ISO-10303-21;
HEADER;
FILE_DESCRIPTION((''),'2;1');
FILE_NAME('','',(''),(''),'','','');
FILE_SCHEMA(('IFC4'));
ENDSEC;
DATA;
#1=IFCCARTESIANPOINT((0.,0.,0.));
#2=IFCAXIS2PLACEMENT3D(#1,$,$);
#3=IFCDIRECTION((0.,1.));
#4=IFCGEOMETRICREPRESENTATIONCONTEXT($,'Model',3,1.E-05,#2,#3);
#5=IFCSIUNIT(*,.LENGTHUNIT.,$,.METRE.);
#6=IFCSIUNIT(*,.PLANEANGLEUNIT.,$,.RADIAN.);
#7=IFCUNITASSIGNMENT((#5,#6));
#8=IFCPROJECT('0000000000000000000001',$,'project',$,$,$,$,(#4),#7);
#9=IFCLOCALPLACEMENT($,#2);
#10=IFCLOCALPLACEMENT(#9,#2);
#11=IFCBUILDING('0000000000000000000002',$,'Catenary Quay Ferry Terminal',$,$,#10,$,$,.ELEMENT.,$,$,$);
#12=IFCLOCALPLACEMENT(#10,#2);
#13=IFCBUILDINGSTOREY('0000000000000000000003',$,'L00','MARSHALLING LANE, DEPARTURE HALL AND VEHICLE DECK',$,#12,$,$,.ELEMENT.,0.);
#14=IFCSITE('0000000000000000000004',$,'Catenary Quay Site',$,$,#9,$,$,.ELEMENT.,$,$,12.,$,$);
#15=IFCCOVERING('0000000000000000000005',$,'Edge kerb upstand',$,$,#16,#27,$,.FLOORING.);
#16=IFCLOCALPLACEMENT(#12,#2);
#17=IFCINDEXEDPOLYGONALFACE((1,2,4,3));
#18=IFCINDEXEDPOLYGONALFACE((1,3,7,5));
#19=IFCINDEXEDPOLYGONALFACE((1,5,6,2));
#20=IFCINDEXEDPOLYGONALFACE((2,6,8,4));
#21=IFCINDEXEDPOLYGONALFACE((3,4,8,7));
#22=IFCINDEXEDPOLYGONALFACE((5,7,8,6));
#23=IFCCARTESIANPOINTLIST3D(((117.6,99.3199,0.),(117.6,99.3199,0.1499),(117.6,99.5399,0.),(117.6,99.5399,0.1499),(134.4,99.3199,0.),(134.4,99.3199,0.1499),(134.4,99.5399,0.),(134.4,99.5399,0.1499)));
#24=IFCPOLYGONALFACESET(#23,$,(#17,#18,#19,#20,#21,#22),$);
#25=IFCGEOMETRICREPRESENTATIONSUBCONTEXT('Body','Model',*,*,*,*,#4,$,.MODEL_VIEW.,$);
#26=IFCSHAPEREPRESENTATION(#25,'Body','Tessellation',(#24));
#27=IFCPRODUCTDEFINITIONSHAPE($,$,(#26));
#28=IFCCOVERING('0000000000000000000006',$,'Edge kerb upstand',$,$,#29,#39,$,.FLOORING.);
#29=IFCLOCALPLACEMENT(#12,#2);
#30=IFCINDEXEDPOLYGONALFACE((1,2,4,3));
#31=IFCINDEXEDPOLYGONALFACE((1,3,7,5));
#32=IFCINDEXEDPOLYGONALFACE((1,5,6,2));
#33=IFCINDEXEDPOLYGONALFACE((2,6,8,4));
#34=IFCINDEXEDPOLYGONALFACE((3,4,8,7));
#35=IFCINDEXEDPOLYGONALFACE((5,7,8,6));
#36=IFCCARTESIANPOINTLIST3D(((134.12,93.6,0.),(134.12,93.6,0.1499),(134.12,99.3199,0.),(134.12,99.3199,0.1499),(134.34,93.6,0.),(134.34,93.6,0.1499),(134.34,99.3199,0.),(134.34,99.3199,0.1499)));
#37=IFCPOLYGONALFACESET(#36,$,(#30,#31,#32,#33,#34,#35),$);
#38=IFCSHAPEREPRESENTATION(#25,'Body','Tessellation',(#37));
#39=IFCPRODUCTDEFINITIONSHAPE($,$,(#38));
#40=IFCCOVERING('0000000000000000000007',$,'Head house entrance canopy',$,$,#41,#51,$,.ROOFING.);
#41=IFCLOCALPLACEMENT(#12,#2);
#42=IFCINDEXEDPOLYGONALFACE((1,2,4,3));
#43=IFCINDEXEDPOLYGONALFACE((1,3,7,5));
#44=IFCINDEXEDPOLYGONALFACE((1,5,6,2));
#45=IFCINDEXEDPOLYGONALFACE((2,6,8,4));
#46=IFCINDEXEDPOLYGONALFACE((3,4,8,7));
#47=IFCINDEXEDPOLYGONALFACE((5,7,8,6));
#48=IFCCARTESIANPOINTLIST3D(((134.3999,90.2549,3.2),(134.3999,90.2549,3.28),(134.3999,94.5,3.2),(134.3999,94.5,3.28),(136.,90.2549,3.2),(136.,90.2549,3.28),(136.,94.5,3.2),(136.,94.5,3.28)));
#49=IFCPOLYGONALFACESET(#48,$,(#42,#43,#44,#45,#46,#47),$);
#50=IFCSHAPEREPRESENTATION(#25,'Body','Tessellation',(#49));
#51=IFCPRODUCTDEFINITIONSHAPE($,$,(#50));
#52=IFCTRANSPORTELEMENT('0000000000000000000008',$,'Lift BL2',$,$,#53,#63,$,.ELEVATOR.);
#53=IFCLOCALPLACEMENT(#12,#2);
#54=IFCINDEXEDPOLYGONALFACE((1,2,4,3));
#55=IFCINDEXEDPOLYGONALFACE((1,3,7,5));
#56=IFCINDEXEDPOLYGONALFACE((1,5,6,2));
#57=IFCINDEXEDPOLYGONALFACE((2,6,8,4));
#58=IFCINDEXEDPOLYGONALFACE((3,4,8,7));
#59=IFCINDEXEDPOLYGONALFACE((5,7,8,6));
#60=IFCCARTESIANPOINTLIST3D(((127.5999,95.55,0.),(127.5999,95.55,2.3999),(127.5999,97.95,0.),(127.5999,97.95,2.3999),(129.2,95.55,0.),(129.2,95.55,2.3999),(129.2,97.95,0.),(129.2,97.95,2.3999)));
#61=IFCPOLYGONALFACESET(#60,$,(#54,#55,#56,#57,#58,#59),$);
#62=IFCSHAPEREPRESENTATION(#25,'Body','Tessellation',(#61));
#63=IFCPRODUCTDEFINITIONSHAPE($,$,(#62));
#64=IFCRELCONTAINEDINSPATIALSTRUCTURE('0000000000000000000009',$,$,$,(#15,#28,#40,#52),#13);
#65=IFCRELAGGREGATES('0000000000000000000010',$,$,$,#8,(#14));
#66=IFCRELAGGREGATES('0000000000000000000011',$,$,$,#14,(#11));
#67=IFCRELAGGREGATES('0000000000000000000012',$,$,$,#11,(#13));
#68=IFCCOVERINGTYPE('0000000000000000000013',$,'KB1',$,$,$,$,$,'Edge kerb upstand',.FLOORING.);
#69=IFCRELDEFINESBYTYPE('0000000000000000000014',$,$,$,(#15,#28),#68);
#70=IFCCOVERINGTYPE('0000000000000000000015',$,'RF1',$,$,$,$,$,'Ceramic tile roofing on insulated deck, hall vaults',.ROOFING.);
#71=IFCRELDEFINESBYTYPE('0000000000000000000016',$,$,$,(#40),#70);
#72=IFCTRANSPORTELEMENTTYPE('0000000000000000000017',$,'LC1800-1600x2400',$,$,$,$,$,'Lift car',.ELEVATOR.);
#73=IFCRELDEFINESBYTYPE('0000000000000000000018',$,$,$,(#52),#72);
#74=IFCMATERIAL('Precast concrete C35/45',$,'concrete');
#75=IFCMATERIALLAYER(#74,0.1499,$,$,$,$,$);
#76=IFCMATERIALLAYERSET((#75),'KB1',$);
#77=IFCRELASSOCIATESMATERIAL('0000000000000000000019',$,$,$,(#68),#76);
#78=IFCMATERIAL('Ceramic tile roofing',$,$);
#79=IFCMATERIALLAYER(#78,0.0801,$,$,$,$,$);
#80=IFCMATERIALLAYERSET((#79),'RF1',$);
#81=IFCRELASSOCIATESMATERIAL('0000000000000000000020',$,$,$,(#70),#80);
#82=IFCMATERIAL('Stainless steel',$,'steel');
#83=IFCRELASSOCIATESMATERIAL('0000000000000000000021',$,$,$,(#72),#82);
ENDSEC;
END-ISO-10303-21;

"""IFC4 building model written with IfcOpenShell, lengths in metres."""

from ifc_helpers import new_model, si_unit, direction, frame, origin, origin_2d, place, context, subcontext, project, spatial, rectangle, extrude, material, layer, layer_set, type_object, element, save


model = new_model("IFC4")

# Units and contexts
model_context = context("Model", 3, precision=1e-05, world=origin(), true_north=direction((0.0, 1.0)))
body_context = subcontext(model_context, "Body", "Model", "MODEL_VIEW")
ifc_project = project(units=[si_unit("LENGTHUNIT", "METRE"), si_unit("PLANEANGLEUNIT", "RADIAN")], contexts=[model_context])

# Site, building, storey
site_placement = place(None, origin())
site = spatial("IfcSite", under=ifc_project, at=site_placement, Name="Catenary Quay Site", CompositionType="ELEMENT", RefElevation=12.0)
building_placement = place(site_placement, origin())
building = spatial("IfcBuilding", under=site, at=building_placement, Name="Catenary Quay Ferry Terminal", CompositionType="ELEMENT")
storey_placement = place(building_placement, origin())
storey = spatial("IfcBuildingStorey", under=building, at=storey_placement, Name="L00", Description="MARSHALLING LANE, DEPARTURE HALL AND VEHICLE DECK", CompositionType="ELEMENT", Elevation=0.0)

# Coverings
ifc_material_1 = material(Name="Precast concrete C35/45", Category="concrete")
ifc_layer_1 = layer(ifc_material_1, 0.1499)
ifc_layer_set_1 = layer_set([ifc_layer_1], Name="KB1")
covering_type_1 = type_object("IfcCoveringType", Name="KB1", ElementType="Edge kerb upstand", PredefinedType="FLOORING", material=ifc_layer_set_1)
covering_1_placement = place(storey_placement, frame((126.0, 99.4299, 0.0), z_axis=(0.0, 0.0, 1.0), x_axis=(1.0, 0.0, 0.0)))
element("IfcCovering", 1, at=covering_1_placement, inside=storey, type_object=covering_type_1, Name="Edge kerb upstand", PredefinedType="FLOORING", context=body_context, shape_type="SweptSolid", body=[
    extrude(rectangle(XDim=16.8, YDim=0.22, at=origin_2d()), origin(), (0.0, 0.0, 1.0), 0.1499),
])
covering_2_placement = place(storey_placement, frame((134.23, 96.46, 0.0), z_axis=(0.0, 0.0, 1.0), x_axis=(1.0, 0.0, 0.0)))
element("IfcCovering", 2, at=covering_2_placement, inside=storey, type_object=covering_type_1, Name="Edge kerb upstand", PredefinedType="FLOORING", context=body_context, shape_type="SweptSolid", body=[
    extrude(rectangle(XDim=0.22, YDim=5.72, at=origin_2d()), origin(), (0.0, 0.0, 1.0), 0.1499),
])
ifc_material_2 = material(Name="Ceramic tile roofing")
ifc_layer_2 = layer(ifc_material_2, 0.0801)
ifc_layer_set_2 = layer_set([ifc_layer_2], Name="RF1")
covering_type_2 = type_object("IfcCoveringType", Name="RF1", ElementType="Ceramic tile roofing on insulated deck, hall vaults", PredefinedType="ROOFING", material=ifc_layer_set_2)
covering_3_placement = place(storey_placement, frame((135.2, 92.3774, 3.2), z_axis=(0.0, 0.0, 1.0), x_axis=(1.0, 0.0, 0.0)))
element("IfcCovering", 3, at=covering_3_placement, inside=storey, type_object=covering_type_2, Name="Head house entrance canopy", PredefinedType="ROOFING", context=body_context, shape_type="SweptSolid", body=[
    extrude(rectangle(XDim=1.6001, YDim=4.2451, at=origin_2d()), origin(), (0.0, 0.0, 1.0), 0.0801),
])

# Transport element
ifc_material_3 = material(Name="Stainless steel", Category="steel")
transport_element_type = type_object("IfcTransportElementType", Name="LC1800-1600x2400", ElementType="Lift car", PredefinedType="ELEVATOR", material=ifc_material_3)
transport_element_placement = place(storey_placement, frame((128.3999, 96.75, 0.0), z_axis=(0.0, 0.0, 1.0), x_axis=(1.0, 0.0, 0.0)))
element("IfcTransportElement", 4, at=transport_element_placement, inside=storey, type_object=transport_element_type, Name="Lift BL2", PredefinedType="ELEVATOR", context=body_context, shape_type="SweptSolid", body=[
    extrude(rectangle(XDim=1.6001, YDim=2.3999, at=origin_2d()), origin(), (0.0, 0.0, 1.0), 2.3999),
])

save(model, "model.ifc")
